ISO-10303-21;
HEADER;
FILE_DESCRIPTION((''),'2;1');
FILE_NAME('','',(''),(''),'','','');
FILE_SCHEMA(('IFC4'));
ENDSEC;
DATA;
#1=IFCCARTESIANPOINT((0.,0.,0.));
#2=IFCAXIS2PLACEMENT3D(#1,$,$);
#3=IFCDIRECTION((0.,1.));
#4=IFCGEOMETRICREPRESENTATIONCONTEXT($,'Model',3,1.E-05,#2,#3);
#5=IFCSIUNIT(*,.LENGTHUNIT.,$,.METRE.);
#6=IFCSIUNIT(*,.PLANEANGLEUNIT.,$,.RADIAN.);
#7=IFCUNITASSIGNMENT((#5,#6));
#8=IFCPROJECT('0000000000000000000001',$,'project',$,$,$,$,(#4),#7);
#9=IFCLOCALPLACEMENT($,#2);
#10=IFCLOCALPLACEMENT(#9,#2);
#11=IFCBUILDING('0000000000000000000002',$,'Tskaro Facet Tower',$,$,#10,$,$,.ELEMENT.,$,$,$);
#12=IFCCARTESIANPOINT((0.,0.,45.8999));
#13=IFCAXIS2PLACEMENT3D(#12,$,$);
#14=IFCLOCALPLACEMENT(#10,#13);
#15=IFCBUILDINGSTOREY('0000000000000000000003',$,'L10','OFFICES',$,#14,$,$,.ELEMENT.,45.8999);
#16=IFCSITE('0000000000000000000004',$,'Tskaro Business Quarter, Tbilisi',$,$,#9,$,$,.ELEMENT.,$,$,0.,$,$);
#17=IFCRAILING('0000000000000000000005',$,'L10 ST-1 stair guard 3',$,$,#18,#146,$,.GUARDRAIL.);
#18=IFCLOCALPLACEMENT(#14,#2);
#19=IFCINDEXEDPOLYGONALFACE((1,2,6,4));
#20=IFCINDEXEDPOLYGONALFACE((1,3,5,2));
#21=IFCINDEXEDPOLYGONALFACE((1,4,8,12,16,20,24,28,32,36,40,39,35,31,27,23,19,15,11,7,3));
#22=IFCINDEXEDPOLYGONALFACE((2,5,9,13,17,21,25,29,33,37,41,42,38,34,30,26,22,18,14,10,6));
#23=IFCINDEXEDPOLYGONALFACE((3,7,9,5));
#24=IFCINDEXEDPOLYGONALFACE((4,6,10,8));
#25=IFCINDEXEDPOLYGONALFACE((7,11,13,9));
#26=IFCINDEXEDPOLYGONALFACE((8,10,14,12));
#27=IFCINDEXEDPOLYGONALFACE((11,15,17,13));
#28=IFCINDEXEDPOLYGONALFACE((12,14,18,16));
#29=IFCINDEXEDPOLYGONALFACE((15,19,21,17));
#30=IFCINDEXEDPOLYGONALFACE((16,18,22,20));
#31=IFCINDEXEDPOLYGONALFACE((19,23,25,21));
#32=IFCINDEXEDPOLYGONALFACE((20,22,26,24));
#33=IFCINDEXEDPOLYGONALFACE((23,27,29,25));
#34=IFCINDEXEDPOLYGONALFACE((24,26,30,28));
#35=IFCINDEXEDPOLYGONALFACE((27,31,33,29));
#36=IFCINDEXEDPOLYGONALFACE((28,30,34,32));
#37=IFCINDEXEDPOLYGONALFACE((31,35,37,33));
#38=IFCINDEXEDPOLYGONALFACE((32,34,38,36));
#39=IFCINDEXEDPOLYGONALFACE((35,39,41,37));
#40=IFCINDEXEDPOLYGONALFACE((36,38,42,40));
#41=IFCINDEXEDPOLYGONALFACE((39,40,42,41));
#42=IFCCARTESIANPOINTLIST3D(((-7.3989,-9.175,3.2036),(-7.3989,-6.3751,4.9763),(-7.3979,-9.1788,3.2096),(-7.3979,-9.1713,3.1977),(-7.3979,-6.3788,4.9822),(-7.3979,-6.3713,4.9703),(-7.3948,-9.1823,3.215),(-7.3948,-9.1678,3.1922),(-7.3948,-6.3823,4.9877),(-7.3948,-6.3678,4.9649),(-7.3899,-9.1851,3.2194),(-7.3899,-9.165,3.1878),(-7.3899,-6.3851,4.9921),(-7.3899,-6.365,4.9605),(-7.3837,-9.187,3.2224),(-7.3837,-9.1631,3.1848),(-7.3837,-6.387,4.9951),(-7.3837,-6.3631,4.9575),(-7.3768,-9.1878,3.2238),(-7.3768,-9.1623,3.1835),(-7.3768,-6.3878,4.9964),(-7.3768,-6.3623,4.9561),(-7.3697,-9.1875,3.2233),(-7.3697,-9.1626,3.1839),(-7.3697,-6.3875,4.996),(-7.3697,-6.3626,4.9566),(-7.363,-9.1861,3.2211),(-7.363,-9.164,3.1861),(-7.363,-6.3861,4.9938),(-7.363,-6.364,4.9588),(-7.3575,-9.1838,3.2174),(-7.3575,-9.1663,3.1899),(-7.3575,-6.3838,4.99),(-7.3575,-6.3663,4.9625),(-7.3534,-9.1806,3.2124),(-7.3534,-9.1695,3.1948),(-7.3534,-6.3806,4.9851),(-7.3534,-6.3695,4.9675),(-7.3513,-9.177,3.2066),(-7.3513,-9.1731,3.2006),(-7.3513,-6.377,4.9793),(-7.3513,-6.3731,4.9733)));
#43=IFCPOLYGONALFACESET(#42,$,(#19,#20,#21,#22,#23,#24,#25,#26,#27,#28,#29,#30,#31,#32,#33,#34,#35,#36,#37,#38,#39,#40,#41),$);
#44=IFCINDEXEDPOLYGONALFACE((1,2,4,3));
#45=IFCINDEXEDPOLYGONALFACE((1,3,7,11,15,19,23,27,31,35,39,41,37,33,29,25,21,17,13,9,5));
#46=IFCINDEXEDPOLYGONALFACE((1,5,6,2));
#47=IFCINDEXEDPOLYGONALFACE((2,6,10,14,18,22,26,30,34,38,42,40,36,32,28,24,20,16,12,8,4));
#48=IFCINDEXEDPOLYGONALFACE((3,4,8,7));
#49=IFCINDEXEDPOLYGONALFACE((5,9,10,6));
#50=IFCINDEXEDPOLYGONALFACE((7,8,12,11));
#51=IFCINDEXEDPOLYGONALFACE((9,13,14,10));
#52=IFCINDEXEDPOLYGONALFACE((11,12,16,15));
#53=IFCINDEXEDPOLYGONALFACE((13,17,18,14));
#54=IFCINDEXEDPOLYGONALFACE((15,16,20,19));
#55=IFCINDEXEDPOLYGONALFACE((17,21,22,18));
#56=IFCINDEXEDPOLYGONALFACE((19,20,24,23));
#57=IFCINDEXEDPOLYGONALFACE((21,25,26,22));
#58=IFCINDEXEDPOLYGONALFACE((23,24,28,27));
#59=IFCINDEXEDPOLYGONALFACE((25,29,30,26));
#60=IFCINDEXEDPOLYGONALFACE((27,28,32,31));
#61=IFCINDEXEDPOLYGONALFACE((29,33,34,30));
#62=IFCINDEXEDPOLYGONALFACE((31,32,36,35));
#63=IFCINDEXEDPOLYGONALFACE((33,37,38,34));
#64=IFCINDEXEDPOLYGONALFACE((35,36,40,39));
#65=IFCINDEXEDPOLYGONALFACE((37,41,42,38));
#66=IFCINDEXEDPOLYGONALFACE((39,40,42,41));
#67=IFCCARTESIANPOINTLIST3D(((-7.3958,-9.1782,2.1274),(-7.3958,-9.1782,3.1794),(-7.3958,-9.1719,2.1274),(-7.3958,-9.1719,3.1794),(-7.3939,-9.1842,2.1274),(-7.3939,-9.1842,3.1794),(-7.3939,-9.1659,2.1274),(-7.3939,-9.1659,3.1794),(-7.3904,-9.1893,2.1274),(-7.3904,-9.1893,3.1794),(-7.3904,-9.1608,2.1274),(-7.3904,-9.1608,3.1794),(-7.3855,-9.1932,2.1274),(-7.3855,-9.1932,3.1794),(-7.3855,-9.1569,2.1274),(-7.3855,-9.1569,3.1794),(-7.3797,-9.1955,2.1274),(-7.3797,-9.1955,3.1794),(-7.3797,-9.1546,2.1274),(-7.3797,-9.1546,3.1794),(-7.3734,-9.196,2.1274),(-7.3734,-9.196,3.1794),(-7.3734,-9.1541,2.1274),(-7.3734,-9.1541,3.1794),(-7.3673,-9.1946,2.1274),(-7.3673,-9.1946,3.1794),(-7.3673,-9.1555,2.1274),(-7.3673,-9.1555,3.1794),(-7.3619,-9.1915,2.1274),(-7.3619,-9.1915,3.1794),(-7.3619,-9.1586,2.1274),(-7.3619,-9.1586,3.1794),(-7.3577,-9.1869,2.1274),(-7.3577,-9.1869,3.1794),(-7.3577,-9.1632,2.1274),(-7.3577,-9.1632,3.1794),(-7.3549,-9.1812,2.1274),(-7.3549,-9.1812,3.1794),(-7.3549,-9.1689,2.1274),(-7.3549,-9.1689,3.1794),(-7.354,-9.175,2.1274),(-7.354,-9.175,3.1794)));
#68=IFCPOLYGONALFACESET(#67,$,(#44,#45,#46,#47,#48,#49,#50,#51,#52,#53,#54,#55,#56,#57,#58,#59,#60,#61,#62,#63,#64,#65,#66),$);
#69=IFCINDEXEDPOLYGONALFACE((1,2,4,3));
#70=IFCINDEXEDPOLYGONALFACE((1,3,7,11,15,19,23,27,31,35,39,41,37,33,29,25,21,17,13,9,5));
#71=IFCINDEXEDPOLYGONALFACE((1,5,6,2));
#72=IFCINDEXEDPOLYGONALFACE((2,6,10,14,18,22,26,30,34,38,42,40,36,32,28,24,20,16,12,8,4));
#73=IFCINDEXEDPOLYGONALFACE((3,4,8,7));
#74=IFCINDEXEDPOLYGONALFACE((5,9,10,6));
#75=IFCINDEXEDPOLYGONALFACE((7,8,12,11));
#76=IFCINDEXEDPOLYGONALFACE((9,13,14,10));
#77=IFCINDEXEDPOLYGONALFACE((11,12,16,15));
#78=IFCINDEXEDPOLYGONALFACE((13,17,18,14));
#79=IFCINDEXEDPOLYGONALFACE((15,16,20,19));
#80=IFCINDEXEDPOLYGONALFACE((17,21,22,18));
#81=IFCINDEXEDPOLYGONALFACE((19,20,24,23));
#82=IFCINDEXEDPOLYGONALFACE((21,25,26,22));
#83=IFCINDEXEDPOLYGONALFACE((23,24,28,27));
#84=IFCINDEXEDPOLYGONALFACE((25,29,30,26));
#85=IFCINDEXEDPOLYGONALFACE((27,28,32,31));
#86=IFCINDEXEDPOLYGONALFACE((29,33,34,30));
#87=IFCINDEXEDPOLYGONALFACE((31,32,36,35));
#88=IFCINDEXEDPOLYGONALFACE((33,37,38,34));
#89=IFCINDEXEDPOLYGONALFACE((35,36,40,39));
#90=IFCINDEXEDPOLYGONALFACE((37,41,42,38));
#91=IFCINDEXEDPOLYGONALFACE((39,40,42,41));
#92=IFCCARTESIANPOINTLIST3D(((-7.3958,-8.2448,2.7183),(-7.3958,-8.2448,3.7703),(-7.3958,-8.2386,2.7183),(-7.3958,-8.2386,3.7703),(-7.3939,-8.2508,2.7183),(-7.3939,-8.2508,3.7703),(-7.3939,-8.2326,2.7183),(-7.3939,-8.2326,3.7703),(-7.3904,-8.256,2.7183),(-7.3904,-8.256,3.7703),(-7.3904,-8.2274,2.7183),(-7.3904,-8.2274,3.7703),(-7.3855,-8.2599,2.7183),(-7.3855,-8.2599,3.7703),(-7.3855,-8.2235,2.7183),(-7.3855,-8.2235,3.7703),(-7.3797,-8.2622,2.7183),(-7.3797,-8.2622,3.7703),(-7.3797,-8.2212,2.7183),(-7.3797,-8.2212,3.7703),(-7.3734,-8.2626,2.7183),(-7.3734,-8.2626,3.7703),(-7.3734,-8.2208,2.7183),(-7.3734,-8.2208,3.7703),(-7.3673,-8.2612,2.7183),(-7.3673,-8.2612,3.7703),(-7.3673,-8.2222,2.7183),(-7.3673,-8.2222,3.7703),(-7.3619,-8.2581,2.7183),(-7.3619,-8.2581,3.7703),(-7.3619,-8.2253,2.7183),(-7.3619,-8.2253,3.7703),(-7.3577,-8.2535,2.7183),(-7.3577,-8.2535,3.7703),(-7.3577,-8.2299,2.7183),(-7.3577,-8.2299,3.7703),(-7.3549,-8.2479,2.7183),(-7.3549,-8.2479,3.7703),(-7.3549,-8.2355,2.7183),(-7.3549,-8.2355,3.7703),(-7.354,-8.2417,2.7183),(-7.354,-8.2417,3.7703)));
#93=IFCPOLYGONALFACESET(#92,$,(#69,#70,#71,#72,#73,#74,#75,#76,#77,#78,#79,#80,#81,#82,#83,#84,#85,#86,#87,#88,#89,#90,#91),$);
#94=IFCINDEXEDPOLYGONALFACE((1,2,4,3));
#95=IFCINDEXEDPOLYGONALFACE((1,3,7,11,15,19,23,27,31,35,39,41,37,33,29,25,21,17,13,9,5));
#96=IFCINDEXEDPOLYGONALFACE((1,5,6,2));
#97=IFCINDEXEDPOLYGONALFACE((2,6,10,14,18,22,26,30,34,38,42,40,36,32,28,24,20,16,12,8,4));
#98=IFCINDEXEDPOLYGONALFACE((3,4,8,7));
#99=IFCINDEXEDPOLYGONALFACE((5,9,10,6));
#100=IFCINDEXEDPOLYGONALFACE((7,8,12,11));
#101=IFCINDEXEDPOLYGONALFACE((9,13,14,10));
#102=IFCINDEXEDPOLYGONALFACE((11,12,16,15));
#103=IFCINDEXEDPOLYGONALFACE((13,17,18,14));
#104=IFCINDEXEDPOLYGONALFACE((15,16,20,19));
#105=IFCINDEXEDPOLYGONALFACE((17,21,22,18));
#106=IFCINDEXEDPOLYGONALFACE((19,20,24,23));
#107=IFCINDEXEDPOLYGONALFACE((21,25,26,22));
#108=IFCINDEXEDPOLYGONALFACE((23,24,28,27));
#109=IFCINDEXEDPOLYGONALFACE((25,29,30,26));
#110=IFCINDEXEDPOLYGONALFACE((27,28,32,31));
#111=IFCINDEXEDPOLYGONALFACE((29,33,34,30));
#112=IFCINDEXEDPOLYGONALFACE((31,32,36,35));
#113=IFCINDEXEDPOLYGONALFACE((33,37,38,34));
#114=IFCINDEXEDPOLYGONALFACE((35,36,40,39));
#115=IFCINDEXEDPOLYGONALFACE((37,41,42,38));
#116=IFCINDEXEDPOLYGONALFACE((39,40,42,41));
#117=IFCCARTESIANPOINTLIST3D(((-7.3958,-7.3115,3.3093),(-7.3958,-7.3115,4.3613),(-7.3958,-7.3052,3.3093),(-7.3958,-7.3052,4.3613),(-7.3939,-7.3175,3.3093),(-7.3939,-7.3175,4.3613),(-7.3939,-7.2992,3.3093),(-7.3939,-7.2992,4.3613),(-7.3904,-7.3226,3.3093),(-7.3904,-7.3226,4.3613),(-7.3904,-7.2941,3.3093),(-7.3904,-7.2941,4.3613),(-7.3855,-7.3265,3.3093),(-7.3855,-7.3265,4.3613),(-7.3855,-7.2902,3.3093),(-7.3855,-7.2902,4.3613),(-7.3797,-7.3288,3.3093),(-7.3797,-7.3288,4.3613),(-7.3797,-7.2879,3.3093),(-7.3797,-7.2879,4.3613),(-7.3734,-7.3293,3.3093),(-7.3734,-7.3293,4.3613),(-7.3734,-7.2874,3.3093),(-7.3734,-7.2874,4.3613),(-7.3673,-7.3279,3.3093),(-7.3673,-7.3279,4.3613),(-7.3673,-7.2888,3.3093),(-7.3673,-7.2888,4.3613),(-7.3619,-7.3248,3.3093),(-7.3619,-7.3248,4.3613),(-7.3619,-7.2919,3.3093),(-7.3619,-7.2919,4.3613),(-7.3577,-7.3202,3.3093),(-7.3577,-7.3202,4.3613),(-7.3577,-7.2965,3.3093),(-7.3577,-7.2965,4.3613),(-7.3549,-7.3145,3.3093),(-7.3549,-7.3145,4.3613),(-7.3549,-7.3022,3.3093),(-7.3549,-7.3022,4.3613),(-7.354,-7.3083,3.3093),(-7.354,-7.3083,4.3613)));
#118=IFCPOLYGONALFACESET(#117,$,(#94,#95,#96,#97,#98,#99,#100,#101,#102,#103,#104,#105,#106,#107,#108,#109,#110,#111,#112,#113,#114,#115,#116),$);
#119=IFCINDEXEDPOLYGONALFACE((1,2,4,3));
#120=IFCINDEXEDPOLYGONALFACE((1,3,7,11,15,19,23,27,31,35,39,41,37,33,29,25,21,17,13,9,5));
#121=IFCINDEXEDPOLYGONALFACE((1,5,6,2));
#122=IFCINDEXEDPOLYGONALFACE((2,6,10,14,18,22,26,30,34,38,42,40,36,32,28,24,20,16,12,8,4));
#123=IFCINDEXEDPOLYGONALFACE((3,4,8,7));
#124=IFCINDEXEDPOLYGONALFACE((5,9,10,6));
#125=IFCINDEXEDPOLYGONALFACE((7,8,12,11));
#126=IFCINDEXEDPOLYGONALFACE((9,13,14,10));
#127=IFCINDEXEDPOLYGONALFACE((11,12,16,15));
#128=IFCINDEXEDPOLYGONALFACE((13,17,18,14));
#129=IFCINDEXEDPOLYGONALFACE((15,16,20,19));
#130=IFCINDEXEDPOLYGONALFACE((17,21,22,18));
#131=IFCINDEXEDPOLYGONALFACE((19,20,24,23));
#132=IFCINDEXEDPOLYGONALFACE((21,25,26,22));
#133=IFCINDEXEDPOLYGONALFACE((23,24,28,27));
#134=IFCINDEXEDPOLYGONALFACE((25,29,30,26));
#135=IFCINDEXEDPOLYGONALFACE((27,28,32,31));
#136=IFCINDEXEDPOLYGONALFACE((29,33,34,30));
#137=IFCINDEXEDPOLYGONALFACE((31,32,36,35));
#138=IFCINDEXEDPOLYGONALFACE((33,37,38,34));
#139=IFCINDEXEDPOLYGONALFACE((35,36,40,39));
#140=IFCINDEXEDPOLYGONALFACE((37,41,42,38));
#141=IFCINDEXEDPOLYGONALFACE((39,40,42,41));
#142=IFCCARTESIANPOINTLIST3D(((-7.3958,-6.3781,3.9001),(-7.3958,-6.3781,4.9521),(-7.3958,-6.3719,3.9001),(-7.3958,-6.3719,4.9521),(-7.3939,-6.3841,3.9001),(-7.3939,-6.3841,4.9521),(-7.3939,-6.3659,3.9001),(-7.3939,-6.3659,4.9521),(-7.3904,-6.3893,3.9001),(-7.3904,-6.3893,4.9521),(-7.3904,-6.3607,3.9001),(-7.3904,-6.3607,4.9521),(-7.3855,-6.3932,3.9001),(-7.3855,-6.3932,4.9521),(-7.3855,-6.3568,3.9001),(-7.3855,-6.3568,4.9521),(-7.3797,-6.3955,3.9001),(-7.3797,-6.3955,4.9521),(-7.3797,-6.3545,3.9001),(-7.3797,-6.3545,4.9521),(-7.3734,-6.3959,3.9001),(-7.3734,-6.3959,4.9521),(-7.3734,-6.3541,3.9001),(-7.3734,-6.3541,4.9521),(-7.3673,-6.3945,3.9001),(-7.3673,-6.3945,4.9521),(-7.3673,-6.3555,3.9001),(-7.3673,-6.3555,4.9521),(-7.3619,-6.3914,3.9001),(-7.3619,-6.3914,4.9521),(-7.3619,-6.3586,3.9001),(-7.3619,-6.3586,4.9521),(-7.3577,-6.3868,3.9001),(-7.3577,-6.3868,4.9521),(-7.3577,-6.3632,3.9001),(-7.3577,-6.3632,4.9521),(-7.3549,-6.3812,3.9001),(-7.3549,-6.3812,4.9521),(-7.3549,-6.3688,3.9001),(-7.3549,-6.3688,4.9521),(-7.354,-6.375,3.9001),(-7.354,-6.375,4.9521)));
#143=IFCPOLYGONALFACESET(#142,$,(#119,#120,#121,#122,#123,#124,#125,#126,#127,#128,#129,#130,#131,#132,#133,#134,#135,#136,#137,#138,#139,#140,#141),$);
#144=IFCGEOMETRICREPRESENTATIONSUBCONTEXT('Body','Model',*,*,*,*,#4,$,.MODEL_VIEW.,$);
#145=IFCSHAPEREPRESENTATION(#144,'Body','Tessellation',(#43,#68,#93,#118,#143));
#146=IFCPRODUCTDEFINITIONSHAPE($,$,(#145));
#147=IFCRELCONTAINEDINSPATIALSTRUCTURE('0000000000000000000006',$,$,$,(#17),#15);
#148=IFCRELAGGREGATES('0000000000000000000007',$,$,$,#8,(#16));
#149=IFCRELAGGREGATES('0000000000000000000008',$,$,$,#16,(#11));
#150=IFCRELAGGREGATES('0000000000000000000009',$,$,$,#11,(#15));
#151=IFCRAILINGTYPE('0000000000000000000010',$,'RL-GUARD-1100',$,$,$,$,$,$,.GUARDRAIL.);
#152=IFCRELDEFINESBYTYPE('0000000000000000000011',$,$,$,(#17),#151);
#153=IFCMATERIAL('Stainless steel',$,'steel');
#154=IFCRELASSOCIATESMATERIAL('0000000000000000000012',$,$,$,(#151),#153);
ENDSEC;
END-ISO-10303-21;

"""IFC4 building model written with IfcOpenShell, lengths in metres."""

from ifc_helpers import new_model, si_unit, direction, frame, origin, origin_2d, place, context, subcontext, project, spatial, circle, extrude, material, type_object, element, save


model = new_model("IFC4")

# Units and contexts
model_context = context("Model", 3, precision=1e-05, world=origin(), true_north=direction((0.0, 1.0)))
body_context = subcontext(model_context, "Body", "Model", "MODEL_VIEW")
ifc_project = project(units=[si_unit("LENGTHUNIT", "METRE"), si_unit("PLANEANGLEUNIT", "RADIAN")], contexts=[model_context])

# Site, building, storey
site_placement = place(None, origin())
site = spatial("IfcSite", under=ifc_project, at=site_placement, Name="Tskaro Business Quarter, Tbilisi", CompositionType="ELEMENT", RefElevation=0.0)
building_placement = place(site_placement, origin())
building = spatial("IfcBuilding", under=site, at=building_placement, Name="Tskaro Facet Tower", CompositionType="ELEMENT")
storey_placement = place(building_placement, frame((0.0, 0.0, 45.8999)))
storey = spatial("IfcBuildingStorey", under=building, at=storey_placement, Name="L10", Description="OFFICES", CompositionType="ELEMENT", Elevation=45.8999)

# Shared definitions
ifc_material_1 = material(Name="Stainless steel", Category="steel")

# Railing
railing_type_1 = type_object("IfcRailingType", Name="RL-GUARD-1100", PredefinedType="GUARDRAIL", material=ifc_material_1)
railing_1_placement = place(storey_placement, frame((-7.375, -9.175, 2.1274)))
element("IfcRailing", 1, at=railing_1_placement, inside=storey, type_object=railing_type_1, Name="L10 ST-1 stair guard 3", PredefinedType="GUARDRAIL", context=body_context, shape_type="SweptSolid", body=[
    extrude(circle(Radius=0.0239, at=origin_2d()), frame((0.0, 0.0, 1.0762), z_axis=(0.0, 0.844909, 0.53491), x_axis=(-1.0, 0.0, 0.0)), (0.0, 0.0, 1.0), 3.314),
    extrude(circle(Radius=0.021, at=origin_2d()), origin(), (0.0, 0.0, 1.0), 1.052),
    extrude(circle(Radius=0.021, at=origin_2d()), frame((0.0, 0.9333, 0.5908)), (0.0, 0.0, 1.0), 1.052),
    extrude(circle(Radius=0.021, at=origin_2d()), frame((0.0, 1.8667, 1.1819)), (0.0, 0.0, 1.0), 1.052),
    extrude(circle(Radius=0.021, at=origin_2d()), frame((0.0, 2.8, 1.7727)), (0.0, 0.0, 1.0), 1.052),
])

save(model, "model.ifc")
